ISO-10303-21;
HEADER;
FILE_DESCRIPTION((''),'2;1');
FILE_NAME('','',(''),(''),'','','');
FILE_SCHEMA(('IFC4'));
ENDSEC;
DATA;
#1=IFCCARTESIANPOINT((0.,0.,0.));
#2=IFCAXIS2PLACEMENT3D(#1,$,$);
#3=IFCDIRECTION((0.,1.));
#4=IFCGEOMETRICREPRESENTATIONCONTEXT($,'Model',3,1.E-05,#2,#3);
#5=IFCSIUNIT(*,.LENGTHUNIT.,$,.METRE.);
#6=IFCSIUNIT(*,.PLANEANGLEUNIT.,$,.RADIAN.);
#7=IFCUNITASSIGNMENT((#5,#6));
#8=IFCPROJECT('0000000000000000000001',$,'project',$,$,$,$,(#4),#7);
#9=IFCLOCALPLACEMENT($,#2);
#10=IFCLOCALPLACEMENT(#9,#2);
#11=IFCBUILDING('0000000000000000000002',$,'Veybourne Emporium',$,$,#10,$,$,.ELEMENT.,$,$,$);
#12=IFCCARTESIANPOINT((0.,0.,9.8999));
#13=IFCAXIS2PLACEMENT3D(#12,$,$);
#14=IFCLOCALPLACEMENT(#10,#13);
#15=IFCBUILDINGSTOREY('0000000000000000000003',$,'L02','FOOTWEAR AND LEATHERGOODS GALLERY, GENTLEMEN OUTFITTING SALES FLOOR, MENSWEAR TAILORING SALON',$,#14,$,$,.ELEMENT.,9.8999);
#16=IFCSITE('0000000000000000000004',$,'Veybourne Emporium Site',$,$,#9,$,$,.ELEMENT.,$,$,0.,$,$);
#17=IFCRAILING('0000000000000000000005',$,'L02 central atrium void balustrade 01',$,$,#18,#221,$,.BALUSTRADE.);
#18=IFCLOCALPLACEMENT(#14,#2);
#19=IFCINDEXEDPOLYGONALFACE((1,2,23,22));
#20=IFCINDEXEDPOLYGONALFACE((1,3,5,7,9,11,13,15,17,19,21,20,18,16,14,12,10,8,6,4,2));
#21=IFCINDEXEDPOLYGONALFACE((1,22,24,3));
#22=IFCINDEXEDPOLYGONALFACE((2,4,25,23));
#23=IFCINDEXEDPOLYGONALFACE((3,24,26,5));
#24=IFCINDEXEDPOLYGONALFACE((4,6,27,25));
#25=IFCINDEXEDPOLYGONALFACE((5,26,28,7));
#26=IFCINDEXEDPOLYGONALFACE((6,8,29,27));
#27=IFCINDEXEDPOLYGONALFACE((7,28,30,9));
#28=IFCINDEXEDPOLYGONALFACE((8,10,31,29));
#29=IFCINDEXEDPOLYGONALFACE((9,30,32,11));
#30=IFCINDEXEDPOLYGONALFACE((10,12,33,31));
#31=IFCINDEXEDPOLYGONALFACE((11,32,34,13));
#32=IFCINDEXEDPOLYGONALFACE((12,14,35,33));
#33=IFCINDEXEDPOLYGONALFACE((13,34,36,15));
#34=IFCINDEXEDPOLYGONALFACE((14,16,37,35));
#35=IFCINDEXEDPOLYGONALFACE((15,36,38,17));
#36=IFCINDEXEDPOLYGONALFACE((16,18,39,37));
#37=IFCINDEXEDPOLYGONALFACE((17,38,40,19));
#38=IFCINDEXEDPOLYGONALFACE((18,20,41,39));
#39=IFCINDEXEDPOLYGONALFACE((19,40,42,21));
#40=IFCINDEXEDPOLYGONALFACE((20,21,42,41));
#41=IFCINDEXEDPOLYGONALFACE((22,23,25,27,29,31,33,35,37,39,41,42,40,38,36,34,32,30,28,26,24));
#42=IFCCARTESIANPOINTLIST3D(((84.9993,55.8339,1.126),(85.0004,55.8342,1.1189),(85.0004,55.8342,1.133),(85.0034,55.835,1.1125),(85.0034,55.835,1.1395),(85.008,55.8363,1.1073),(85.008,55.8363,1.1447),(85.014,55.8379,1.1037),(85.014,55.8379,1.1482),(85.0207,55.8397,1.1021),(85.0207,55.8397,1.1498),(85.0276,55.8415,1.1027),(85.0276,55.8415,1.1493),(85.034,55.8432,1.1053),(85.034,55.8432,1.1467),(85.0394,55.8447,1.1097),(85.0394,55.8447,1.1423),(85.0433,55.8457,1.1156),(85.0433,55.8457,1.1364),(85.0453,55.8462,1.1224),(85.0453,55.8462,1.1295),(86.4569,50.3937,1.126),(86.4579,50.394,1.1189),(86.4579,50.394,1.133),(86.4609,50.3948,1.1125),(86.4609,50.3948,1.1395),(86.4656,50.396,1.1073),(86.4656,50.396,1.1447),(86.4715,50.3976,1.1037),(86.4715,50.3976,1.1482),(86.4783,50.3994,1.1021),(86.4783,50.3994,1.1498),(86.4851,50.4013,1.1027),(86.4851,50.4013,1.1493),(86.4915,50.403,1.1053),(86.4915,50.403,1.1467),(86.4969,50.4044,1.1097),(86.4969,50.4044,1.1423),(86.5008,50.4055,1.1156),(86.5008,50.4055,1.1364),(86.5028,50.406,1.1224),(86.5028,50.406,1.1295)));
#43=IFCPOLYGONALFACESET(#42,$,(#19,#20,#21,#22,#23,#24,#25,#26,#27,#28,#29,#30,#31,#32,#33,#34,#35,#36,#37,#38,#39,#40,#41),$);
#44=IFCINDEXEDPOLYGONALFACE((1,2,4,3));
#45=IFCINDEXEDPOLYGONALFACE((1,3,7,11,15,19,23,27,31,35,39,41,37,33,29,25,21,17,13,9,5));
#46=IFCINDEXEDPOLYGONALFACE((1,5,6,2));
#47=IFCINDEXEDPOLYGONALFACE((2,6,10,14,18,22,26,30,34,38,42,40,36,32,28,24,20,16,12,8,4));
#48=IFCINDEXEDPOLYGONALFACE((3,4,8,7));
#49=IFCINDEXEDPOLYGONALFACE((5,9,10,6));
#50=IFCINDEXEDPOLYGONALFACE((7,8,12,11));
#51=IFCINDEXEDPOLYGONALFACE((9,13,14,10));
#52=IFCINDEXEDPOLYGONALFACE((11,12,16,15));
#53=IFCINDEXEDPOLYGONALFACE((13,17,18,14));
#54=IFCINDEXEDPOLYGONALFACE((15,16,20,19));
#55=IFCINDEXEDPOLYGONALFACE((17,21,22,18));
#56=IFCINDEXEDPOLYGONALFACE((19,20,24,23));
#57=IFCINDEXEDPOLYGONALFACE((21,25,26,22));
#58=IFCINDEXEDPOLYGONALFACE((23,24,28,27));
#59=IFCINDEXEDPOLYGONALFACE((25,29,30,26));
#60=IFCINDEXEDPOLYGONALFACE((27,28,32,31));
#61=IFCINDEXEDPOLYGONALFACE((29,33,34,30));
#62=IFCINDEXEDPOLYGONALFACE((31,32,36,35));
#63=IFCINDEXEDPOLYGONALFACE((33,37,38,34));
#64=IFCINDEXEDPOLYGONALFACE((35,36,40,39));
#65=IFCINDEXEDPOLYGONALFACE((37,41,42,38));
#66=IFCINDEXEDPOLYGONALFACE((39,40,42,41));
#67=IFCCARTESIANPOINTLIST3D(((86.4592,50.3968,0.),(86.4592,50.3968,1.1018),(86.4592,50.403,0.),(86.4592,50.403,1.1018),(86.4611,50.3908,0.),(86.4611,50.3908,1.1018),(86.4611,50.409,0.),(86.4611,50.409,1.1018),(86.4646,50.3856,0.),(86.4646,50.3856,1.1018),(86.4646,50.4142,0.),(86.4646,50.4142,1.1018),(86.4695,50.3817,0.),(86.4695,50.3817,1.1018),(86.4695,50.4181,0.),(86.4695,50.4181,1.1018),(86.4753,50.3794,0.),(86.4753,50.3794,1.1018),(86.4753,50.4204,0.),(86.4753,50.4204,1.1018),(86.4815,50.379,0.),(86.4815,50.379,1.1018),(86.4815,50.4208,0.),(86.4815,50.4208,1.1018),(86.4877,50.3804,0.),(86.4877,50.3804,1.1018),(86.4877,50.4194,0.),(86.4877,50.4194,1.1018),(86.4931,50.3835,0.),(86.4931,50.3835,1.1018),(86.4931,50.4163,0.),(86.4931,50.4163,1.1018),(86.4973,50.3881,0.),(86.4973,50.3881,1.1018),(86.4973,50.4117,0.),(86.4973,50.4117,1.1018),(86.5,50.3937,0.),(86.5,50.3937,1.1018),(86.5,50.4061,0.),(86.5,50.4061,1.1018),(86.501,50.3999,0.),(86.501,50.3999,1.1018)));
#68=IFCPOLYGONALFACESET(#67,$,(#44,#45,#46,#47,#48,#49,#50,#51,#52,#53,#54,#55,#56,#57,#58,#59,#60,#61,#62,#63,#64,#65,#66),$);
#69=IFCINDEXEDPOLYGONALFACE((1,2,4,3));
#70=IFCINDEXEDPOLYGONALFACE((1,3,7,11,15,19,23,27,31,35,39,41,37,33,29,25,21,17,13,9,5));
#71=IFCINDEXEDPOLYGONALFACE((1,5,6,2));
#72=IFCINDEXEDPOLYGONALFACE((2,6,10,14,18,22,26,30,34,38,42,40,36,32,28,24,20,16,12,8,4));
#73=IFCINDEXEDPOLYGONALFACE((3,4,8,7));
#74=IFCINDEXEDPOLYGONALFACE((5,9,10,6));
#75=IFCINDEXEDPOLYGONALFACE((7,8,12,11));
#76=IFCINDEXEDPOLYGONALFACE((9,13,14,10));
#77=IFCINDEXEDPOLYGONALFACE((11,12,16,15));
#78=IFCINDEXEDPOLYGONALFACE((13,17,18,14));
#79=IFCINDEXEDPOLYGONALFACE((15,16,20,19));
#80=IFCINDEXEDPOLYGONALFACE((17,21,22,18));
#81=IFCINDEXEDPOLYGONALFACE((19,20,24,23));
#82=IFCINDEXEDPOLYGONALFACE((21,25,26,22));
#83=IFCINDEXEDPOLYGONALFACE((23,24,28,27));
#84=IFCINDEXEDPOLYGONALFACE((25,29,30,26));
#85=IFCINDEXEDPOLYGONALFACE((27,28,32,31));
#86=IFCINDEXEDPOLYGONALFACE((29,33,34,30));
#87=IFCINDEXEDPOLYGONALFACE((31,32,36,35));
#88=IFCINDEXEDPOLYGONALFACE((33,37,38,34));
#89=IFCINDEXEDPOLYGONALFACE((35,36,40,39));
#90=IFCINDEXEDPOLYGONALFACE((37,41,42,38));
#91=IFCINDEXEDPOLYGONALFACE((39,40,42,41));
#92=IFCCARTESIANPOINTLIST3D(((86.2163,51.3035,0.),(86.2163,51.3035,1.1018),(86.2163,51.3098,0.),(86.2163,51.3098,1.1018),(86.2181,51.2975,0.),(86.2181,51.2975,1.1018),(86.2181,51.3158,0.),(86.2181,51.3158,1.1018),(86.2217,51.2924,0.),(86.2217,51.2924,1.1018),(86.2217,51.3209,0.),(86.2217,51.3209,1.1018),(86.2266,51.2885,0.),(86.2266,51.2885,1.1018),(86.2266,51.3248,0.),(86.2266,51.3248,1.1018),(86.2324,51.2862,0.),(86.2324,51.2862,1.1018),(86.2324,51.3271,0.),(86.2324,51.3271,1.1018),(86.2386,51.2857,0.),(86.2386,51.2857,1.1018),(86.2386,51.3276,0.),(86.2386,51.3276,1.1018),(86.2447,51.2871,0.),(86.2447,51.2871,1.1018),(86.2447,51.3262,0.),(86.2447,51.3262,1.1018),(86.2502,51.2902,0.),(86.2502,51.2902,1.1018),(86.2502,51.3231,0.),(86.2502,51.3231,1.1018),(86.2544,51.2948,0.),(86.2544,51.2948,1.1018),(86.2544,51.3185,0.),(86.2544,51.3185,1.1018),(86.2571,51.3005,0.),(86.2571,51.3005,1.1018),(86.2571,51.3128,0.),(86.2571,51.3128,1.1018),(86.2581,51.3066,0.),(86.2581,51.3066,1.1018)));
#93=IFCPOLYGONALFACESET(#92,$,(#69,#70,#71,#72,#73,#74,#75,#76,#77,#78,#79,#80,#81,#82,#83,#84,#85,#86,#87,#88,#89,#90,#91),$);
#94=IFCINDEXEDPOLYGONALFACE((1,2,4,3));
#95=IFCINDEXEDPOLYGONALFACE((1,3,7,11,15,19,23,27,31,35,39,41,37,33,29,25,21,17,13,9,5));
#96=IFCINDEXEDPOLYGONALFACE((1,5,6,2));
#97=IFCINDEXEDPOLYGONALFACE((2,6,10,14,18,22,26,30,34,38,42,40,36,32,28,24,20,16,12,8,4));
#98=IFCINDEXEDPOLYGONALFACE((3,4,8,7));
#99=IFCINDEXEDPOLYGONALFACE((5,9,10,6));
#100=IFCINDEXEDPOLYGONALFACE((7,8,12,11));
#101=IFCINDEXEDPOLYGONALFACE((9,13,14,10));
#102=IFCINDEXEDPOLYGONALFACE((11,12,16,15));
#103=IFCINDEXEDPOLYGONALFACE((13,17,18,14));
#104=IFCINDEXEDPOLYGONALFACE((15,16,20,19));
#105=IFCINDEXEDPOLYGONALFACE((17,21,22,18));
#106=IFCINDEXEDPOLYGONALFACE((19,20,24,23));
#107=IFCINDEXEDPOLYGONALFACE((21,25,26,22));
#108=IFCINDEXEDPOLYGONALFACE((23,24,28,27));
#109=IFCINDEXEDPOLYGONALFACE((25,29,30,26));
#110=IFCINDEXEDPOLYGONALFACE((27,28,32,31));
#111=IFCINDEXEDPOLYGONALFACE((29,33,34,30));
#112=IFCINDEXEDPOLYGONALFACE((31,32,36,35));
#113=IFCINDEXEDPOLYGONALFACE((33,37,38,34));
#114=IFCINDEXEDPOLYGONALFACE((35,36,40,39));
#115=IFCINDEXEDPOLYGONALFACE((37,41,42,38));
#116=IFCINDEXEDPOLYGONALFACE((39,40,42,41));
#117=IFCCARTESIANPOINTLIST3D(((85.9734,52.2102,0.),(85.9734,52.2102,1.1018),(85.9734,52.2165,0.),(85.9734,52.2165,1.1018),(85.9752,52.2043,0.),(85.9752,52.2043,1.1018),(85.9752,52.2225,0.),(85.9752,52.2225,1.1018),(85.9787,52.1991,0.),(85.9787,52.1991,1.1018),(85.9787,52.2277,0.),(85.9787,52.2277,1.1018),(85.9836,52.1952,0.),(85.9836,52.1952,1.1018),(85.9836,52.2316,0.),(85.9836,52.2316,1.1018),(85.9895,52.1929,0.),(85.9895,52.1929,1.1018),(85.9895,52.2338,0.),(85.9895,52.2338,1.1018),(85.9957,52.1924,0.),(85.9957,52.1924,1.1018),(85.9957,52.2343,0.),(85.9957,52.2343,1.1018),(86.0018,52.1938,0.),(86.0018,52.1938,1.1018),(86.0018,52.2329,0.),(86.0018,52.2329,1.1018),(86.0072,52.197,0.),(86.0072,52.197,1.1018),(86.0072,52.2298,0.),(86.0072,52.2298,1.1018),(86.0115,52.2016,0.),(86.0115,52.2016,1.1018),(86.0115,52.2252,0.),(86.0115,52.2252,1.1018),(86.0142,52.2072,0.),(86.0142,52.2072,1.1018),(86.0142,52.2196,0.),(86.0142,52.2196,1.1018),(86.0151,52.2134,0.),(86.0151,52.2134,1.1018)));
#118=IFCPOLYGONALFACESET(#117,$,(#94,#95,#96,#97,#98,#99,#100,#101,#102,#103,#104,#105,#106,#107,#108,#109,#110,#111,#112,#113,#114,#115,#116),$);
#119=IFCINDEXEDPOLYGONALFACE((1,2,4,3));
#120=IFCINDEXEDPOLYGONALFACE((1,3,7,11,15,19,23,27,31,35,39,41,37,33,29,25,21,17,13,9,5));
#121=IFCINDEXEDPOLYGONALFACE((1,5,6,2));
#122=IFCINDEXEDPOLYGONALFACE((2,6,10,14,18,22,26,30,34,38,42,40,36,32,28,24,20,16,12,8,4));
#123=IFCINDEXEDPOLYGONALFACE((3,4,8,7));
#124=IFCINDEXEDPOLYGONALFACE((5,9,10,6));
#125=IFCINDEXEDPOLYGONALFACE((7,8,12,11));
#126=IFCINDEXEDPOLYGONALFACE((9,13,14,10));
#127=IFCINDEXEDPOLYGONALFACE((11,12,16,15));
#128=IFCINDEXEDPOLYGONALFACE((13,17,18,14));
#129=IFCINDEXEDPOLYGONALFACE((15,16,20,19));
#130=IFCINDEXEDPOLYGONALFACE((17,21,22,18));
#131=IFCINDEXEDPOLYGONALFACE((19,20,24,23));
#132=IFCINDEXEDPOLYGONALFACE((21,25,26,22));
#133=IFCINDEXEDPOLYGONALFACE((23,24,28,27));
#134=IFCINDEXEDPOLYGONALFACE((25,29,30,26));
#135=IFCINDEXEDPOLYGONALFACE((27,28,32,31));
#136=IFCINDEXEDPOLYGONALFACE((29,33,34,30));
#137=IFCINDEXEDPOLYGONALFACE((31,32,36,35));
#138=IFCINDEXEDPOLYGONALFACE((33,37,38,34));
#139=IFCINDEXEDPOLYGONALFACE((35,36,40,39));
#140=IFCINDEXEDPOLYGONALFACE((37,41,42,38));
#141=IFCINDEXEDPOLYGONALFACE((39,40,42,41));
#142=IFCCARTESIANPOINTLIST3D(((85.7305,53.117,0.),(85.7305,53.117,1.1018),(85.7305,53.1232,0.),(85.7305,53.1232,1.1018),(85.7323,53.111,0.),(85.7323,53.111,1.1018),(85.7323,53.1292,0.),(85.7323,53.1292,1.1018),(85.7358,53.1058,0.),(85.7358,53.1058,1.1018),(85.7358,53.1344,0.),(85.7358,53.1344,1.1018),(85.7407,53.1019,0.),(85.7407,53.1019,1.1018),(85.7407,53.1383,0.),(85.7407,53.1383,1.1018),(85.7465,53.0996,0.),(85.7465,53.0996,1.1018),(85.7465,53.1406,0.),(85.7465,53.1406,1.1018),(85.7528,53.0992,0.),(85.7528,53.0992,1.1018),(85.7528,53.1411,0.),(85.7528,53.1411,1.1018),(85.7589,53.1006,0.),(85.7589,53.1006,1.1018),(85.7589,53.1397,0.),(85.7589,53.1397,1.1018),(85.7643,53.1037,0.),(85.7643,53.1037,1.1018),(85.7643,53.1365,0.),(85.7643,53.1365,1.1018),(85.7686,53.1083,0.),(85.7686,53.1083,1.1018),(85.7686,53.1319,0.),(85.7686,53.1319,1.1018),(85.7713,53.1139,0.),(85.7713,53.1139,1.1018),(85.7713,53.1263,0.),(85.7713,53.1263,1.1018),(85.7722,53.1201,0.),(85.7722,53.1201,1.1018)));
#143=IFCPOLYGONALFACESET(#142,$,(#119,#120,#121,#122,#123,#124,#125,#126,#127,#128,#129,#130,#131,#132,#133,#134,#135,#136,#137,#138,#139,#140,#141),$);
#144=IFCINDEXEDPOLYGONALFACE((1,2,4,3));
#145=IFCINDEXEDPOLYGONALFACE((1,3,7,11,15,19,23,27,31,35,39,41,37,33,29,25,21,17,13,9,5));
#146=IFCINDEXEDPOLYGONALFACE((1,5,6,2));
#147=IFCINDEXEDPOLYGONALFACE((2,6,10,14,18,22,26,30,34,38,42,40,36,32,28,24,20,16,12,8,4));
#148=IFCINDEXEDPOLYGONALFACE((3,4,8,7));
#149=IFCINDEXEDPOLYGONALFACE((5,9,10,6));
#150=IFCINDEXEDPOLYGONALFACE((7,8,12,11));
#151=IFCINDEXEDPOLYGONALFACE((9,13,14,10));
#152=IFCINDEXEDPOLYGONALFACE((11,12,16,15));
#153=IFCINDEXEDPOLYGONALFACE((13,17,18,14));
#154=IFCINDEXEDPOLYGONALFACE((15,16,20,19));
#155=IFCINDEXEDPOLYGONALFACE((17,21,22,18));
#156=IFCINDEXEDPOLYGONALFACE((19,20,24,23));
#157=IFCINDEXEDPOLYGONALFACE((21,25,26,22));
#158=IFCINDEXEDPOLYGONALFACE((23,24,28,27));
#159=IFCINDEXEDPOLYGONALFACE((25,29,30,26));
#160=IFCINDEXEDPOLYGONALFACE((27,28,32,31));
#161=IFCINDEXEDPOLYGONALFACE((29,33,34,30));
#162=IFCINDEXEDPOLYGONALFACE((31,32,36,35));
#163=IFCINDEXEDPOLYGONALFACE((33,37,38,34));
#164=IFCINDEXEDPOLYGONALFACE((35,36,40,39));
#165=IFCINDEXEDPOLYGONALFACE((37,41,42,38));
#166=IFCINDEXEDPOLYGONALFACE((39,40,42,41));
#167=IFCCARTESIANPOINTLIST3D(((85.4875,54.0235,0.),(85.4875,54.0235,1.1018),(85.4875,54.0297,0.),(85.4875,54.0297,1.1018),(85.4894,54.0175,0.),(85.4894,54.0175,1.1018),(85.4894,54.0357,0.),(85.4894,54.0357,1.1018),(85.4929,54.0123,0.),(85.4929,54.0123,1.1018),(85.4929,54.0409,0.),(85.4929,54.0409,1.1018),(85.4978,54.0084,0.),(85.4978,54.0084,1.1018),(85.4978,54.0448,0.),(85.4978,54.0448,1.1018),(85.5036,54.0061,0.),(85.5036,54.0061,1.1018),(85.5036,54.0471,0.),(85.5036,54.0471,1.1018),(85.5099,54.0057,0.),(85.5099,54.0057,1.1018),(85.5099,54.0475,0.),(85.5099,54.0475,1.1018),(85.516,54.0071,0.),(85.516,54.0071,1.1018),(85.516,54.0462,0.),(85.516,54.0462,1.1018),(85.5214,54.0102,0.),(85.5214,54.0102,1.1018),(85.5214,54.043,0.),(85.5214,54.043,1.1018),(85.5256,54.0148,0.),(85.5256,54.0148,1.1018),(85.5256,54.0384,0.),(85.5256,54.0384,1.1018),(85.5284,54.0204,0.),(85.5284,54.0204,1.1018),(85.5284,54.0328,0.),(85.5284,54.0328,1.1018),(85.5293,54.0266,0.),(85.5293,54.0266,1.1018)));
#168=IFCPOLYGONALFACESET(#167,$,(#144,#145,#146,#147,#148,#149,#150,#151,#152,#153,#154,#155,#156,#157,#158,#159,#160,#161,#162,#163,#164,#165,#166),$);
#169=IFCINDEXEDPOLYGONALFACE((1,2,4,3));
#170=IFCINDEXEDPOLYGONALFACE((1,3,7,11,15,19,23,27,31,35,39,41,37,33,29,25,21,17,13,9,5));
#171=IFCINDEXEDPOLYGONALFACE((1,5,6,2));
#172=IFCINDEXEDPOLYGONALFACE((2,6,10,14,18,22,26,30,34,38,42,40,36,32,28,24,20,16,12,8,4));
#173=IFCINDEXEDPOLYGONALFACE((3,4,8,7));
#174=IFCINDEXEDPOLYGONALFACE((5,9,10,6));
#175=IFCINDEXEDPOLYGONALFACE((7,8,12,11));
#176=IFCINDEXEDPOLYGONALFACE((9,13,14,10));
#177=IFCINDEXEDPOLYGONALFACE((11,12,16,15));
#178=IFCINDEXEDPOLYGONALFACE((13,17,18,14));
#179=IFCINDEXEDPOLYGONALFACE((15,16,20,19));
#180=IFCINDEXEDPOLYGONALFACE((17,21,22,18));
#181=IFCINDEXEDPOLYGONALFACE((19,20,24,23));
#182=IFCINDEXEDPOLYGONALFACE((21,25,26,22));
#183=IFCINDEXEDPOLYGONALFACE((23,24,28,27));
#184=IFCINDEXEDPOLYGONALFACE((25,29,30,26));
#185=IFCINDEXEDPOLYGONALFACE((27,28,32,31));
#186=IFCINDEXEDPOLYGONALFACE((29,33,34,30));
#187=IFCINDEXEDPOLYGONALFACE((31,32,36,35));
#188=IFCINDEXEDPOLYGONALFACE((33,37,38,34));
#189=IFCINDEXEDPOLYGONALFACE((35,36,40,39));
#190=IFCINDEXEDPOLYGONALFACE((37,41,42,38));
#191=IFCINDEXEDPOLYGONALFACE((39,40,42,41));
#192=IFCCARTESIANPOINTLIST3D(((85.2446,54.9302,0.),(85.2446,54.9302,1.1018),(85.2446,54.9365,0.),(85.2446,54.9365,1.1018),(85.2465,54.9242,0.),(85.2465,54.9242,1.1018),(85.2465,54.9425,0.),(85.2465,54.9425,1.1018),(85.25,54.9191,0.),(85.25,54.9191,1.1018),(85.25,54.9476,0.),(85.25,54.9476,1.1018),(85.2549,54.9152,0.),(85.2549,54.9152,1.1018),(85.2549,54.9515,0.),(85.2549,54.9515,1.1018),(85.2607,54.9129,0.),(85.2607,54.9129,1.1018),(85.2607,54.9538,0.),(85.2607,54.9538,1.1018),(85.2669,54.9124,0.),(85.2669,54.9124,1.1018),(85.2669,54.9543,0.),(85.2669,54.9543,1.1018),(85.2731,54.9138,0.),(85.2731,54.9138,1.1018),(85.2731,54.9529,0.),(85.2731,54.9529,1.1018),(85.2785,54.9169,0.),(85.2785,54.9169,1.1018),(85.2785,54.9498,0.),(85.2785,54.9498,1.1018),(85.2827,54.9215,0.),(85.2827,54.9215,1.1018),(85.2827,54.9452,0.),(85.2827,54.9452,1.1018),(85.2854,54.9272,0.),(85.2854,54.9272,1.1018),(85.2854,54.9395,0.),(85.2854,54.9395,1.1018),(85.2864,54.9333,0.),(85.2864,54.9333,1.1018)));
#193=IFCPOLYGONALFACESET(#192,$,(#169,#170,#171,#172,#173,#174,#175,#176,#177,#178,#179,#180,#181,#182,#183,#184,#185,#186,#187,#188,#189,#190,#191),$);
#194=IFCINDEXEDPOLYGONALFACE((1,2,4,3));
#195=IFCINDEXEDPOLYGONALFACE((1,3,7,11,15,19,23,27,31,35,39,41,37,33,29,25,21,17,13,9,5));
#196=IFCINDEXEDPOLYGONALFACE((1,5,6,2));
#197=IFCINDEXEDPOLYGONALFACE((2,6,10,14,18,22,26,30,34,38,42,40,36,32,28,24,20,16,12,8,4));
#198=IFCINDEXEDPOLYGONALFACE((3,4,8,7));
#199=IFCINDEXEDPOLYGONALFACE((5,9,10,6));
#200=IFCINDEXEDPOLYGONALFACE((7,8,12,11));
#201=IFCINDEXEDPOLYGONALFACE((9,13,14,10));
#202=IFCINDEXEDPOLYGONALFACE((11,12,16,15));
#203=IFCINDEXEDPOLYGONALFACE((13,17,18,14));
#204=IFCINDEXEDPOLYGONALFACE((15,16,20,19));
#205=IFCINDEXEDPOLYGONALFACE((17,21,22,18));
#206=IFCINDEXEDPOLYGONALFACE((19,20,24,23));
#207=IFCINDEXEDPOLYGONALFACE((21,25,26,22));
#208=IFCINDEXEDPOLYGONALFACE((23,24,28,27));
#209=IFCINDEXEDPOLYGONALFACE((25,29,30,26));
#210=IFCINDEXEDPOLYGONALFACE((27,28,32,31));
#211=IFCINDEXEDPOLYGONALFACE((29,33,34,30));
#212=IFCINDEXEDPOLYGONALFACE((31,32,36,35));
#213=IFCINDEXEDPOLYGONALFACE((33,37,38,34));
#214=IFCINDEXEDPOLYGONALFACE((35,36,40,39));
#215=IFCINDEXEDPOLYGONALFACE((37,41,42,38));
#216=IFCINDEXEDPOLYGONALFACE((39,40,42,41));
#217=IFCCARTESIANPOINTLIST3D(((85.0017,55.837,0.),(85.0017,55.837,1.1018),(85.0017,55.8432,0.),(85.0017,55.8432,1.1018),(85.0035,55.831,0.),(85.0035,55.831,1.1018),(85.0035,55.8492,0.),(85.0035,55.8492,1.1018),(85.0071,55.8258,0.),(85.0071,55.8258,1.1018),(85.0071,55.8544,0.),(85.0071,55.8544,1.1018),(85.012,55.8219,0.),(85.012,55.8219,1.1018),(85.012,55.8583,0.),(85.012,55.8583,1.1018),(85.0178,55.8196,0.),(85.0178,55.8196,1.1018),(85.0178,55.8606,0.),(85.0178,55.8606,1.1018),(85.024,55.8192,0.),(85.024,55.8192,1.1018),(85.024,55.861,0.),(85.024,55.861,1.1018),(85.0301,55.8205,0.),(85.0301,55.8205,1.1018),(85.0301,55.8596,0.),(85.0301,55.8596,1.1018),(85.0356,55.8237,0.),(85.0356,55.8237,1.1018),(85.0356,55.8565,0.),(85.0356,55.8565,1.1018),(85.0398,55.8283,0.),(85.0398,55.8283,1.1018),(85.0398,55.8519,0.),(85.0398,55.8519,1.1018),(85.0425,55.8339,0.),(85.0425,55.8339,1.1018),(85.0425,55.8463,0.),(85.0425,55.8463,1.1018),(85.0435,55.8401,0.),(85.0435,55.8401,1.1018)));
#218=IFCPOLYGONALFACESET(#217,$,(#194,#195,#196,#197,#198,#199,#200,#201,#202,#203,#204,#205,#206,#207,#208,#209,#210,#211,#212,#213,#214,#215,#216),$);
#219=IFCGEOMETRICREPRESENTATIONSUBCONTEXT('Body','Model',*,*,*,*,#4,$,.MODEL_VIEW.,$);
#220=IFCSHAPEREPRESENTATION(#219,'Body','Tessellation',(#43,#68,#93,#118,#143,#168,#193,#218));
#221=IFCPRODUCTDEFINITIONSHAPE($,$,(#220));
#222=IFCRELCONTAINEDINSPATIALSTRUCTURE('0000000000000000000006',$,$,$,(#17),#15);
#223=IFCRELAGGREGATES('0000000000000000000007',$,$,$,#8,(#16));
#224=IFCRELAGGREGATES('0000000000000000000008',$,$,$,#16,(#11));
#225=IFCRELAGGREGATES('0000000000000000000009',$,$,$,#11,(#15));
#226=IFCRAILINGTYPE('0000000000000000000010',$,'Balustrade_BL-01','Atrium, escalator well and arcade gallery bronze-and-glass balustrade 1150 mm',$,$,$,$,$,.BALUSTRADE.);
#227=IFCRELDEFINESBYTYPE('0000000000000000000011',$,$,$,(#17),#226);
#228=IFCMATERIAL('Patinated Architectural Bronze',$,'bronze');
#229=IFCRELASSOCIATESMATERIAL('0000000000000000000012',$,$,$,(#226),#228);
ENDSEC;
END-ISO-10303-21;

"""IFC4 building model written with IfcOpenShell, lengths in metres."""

from ifc_helpers import new_model, si_unit, direction, frame, origin, origin_2d, place, context, subcontext, project, spatial, circle, extrude, material, type_object, element, save


model = new_model("IFC4")

# Units and contexts
model_context = context("Model", 3, precision=1e-05, world=origin(), true_north=direction((0.0, 1.0)))
body_context = subcontext(model_context, "Body", "Model", "MODEL_VIEW")
ifc_project = project(units=[si_unit("LENGTHUNIT", "METRE"), si_unit("PLANEANGLEUNIT", "RADIAN")], contexts=[model_context])

# Site, building, storey
site_placement = place(None, origin())
site = spatial("IfcSite", under=ifc_project, at=site_placement, Name="Veybourne Emporium Site", CompositionType="ELEMENT", RefElevation=0.0)
building_placement = place(site_placement, origin())
building = spatial("IfcBuilding", under=site, at=building_placement, Name="Veybourne Emporium", CompositionType="ELEMENT")
storey_placement = place(building_placement, frame((0.0, 0.0, 9.8999)))
storey = spatial("IfcBuildingStorey", under=building, at=storey_placement, Name="L02", Description="FOOTWEAR AND LEATHERGOODS GALLERY, GENTLEMEN OUTFITTING SALES FLOOR, MENSWEAR TAILORING SALON", CompositionType="ELEMENT", Elevation=9.8999)

# Railing
ifc_material_1 = material(Name="Patinated Architectural Bronze", Category="bronze")
railing_type = type_object("IfcRailingType", Name="Balustrade_BL-01", Description="Atrium, escalator well and arcade gallery bronze-and-glass balustrade 1150 mm", PredefinedType="BALUSTRADE", material=ifc_material_1)
railing_1_placement = place(storey_placement, frame((86.48, 50.3999, 0.0)))
element("IfcRailing", 1, at=railing_1_placement, inside=storey, type_object=railing_type, Name="L02 central atrium void balustrade 01", PredefinedType="BALUSTRADE", context=body_context, shape_type="SweptSolid", body=[
    extrude(circle(Radius=0.0239, at=origin_2d()), frame((0.0, 0.0, 1.126), z_axis=(-0.25879, 0.965934, 0.0), x_axis=(-0.965934, -0.25879, 0.0)), (0.0, 0.0, 1.0), 5.6321),
    extrude(circle(Radius=0.021, at=origin_2d()), origin(), (0.0, 0.0, 1.0), 1.1018),
    extrude(circle(Radius=0.021, at=origin_2d()), frame((-0.2429, 0.9067, 0.0)), (0.0, 0.0, 1.0), 1.1018),
    extrude(circle(Radius=0.021, at=origin_2d()), frame((-0.4858, 1.8135, 0.0)), (0.0, 0.0, 1.0), 1.1018),
    extrude(circle(Radius=0.021, at=origin_2d()), frame((-0.7288, 2.7202, 0.0)), (0.0, 0.0, 1.0), 1.1018),
    extrude(circle(Radius=0.021, at=origin_2d()), frame((-0.9717, 3.6267, 0.0)), (0.0, 0.0, 1.0), 1.1018),
    extrude(circle(Radius=0.021, at=origin_2d()), frame((-1.2146, 4.5334, 0.0)), (0.0, 0.0, 1.0), 1.1018),
    extrude(circle(Radius=0.021, at=origin_2d()), frame((-1.4575, 5.4402, 0.0)), (0.0, 0.0, 1.0), 1.1018),
])

save(model, "model.ifc")
